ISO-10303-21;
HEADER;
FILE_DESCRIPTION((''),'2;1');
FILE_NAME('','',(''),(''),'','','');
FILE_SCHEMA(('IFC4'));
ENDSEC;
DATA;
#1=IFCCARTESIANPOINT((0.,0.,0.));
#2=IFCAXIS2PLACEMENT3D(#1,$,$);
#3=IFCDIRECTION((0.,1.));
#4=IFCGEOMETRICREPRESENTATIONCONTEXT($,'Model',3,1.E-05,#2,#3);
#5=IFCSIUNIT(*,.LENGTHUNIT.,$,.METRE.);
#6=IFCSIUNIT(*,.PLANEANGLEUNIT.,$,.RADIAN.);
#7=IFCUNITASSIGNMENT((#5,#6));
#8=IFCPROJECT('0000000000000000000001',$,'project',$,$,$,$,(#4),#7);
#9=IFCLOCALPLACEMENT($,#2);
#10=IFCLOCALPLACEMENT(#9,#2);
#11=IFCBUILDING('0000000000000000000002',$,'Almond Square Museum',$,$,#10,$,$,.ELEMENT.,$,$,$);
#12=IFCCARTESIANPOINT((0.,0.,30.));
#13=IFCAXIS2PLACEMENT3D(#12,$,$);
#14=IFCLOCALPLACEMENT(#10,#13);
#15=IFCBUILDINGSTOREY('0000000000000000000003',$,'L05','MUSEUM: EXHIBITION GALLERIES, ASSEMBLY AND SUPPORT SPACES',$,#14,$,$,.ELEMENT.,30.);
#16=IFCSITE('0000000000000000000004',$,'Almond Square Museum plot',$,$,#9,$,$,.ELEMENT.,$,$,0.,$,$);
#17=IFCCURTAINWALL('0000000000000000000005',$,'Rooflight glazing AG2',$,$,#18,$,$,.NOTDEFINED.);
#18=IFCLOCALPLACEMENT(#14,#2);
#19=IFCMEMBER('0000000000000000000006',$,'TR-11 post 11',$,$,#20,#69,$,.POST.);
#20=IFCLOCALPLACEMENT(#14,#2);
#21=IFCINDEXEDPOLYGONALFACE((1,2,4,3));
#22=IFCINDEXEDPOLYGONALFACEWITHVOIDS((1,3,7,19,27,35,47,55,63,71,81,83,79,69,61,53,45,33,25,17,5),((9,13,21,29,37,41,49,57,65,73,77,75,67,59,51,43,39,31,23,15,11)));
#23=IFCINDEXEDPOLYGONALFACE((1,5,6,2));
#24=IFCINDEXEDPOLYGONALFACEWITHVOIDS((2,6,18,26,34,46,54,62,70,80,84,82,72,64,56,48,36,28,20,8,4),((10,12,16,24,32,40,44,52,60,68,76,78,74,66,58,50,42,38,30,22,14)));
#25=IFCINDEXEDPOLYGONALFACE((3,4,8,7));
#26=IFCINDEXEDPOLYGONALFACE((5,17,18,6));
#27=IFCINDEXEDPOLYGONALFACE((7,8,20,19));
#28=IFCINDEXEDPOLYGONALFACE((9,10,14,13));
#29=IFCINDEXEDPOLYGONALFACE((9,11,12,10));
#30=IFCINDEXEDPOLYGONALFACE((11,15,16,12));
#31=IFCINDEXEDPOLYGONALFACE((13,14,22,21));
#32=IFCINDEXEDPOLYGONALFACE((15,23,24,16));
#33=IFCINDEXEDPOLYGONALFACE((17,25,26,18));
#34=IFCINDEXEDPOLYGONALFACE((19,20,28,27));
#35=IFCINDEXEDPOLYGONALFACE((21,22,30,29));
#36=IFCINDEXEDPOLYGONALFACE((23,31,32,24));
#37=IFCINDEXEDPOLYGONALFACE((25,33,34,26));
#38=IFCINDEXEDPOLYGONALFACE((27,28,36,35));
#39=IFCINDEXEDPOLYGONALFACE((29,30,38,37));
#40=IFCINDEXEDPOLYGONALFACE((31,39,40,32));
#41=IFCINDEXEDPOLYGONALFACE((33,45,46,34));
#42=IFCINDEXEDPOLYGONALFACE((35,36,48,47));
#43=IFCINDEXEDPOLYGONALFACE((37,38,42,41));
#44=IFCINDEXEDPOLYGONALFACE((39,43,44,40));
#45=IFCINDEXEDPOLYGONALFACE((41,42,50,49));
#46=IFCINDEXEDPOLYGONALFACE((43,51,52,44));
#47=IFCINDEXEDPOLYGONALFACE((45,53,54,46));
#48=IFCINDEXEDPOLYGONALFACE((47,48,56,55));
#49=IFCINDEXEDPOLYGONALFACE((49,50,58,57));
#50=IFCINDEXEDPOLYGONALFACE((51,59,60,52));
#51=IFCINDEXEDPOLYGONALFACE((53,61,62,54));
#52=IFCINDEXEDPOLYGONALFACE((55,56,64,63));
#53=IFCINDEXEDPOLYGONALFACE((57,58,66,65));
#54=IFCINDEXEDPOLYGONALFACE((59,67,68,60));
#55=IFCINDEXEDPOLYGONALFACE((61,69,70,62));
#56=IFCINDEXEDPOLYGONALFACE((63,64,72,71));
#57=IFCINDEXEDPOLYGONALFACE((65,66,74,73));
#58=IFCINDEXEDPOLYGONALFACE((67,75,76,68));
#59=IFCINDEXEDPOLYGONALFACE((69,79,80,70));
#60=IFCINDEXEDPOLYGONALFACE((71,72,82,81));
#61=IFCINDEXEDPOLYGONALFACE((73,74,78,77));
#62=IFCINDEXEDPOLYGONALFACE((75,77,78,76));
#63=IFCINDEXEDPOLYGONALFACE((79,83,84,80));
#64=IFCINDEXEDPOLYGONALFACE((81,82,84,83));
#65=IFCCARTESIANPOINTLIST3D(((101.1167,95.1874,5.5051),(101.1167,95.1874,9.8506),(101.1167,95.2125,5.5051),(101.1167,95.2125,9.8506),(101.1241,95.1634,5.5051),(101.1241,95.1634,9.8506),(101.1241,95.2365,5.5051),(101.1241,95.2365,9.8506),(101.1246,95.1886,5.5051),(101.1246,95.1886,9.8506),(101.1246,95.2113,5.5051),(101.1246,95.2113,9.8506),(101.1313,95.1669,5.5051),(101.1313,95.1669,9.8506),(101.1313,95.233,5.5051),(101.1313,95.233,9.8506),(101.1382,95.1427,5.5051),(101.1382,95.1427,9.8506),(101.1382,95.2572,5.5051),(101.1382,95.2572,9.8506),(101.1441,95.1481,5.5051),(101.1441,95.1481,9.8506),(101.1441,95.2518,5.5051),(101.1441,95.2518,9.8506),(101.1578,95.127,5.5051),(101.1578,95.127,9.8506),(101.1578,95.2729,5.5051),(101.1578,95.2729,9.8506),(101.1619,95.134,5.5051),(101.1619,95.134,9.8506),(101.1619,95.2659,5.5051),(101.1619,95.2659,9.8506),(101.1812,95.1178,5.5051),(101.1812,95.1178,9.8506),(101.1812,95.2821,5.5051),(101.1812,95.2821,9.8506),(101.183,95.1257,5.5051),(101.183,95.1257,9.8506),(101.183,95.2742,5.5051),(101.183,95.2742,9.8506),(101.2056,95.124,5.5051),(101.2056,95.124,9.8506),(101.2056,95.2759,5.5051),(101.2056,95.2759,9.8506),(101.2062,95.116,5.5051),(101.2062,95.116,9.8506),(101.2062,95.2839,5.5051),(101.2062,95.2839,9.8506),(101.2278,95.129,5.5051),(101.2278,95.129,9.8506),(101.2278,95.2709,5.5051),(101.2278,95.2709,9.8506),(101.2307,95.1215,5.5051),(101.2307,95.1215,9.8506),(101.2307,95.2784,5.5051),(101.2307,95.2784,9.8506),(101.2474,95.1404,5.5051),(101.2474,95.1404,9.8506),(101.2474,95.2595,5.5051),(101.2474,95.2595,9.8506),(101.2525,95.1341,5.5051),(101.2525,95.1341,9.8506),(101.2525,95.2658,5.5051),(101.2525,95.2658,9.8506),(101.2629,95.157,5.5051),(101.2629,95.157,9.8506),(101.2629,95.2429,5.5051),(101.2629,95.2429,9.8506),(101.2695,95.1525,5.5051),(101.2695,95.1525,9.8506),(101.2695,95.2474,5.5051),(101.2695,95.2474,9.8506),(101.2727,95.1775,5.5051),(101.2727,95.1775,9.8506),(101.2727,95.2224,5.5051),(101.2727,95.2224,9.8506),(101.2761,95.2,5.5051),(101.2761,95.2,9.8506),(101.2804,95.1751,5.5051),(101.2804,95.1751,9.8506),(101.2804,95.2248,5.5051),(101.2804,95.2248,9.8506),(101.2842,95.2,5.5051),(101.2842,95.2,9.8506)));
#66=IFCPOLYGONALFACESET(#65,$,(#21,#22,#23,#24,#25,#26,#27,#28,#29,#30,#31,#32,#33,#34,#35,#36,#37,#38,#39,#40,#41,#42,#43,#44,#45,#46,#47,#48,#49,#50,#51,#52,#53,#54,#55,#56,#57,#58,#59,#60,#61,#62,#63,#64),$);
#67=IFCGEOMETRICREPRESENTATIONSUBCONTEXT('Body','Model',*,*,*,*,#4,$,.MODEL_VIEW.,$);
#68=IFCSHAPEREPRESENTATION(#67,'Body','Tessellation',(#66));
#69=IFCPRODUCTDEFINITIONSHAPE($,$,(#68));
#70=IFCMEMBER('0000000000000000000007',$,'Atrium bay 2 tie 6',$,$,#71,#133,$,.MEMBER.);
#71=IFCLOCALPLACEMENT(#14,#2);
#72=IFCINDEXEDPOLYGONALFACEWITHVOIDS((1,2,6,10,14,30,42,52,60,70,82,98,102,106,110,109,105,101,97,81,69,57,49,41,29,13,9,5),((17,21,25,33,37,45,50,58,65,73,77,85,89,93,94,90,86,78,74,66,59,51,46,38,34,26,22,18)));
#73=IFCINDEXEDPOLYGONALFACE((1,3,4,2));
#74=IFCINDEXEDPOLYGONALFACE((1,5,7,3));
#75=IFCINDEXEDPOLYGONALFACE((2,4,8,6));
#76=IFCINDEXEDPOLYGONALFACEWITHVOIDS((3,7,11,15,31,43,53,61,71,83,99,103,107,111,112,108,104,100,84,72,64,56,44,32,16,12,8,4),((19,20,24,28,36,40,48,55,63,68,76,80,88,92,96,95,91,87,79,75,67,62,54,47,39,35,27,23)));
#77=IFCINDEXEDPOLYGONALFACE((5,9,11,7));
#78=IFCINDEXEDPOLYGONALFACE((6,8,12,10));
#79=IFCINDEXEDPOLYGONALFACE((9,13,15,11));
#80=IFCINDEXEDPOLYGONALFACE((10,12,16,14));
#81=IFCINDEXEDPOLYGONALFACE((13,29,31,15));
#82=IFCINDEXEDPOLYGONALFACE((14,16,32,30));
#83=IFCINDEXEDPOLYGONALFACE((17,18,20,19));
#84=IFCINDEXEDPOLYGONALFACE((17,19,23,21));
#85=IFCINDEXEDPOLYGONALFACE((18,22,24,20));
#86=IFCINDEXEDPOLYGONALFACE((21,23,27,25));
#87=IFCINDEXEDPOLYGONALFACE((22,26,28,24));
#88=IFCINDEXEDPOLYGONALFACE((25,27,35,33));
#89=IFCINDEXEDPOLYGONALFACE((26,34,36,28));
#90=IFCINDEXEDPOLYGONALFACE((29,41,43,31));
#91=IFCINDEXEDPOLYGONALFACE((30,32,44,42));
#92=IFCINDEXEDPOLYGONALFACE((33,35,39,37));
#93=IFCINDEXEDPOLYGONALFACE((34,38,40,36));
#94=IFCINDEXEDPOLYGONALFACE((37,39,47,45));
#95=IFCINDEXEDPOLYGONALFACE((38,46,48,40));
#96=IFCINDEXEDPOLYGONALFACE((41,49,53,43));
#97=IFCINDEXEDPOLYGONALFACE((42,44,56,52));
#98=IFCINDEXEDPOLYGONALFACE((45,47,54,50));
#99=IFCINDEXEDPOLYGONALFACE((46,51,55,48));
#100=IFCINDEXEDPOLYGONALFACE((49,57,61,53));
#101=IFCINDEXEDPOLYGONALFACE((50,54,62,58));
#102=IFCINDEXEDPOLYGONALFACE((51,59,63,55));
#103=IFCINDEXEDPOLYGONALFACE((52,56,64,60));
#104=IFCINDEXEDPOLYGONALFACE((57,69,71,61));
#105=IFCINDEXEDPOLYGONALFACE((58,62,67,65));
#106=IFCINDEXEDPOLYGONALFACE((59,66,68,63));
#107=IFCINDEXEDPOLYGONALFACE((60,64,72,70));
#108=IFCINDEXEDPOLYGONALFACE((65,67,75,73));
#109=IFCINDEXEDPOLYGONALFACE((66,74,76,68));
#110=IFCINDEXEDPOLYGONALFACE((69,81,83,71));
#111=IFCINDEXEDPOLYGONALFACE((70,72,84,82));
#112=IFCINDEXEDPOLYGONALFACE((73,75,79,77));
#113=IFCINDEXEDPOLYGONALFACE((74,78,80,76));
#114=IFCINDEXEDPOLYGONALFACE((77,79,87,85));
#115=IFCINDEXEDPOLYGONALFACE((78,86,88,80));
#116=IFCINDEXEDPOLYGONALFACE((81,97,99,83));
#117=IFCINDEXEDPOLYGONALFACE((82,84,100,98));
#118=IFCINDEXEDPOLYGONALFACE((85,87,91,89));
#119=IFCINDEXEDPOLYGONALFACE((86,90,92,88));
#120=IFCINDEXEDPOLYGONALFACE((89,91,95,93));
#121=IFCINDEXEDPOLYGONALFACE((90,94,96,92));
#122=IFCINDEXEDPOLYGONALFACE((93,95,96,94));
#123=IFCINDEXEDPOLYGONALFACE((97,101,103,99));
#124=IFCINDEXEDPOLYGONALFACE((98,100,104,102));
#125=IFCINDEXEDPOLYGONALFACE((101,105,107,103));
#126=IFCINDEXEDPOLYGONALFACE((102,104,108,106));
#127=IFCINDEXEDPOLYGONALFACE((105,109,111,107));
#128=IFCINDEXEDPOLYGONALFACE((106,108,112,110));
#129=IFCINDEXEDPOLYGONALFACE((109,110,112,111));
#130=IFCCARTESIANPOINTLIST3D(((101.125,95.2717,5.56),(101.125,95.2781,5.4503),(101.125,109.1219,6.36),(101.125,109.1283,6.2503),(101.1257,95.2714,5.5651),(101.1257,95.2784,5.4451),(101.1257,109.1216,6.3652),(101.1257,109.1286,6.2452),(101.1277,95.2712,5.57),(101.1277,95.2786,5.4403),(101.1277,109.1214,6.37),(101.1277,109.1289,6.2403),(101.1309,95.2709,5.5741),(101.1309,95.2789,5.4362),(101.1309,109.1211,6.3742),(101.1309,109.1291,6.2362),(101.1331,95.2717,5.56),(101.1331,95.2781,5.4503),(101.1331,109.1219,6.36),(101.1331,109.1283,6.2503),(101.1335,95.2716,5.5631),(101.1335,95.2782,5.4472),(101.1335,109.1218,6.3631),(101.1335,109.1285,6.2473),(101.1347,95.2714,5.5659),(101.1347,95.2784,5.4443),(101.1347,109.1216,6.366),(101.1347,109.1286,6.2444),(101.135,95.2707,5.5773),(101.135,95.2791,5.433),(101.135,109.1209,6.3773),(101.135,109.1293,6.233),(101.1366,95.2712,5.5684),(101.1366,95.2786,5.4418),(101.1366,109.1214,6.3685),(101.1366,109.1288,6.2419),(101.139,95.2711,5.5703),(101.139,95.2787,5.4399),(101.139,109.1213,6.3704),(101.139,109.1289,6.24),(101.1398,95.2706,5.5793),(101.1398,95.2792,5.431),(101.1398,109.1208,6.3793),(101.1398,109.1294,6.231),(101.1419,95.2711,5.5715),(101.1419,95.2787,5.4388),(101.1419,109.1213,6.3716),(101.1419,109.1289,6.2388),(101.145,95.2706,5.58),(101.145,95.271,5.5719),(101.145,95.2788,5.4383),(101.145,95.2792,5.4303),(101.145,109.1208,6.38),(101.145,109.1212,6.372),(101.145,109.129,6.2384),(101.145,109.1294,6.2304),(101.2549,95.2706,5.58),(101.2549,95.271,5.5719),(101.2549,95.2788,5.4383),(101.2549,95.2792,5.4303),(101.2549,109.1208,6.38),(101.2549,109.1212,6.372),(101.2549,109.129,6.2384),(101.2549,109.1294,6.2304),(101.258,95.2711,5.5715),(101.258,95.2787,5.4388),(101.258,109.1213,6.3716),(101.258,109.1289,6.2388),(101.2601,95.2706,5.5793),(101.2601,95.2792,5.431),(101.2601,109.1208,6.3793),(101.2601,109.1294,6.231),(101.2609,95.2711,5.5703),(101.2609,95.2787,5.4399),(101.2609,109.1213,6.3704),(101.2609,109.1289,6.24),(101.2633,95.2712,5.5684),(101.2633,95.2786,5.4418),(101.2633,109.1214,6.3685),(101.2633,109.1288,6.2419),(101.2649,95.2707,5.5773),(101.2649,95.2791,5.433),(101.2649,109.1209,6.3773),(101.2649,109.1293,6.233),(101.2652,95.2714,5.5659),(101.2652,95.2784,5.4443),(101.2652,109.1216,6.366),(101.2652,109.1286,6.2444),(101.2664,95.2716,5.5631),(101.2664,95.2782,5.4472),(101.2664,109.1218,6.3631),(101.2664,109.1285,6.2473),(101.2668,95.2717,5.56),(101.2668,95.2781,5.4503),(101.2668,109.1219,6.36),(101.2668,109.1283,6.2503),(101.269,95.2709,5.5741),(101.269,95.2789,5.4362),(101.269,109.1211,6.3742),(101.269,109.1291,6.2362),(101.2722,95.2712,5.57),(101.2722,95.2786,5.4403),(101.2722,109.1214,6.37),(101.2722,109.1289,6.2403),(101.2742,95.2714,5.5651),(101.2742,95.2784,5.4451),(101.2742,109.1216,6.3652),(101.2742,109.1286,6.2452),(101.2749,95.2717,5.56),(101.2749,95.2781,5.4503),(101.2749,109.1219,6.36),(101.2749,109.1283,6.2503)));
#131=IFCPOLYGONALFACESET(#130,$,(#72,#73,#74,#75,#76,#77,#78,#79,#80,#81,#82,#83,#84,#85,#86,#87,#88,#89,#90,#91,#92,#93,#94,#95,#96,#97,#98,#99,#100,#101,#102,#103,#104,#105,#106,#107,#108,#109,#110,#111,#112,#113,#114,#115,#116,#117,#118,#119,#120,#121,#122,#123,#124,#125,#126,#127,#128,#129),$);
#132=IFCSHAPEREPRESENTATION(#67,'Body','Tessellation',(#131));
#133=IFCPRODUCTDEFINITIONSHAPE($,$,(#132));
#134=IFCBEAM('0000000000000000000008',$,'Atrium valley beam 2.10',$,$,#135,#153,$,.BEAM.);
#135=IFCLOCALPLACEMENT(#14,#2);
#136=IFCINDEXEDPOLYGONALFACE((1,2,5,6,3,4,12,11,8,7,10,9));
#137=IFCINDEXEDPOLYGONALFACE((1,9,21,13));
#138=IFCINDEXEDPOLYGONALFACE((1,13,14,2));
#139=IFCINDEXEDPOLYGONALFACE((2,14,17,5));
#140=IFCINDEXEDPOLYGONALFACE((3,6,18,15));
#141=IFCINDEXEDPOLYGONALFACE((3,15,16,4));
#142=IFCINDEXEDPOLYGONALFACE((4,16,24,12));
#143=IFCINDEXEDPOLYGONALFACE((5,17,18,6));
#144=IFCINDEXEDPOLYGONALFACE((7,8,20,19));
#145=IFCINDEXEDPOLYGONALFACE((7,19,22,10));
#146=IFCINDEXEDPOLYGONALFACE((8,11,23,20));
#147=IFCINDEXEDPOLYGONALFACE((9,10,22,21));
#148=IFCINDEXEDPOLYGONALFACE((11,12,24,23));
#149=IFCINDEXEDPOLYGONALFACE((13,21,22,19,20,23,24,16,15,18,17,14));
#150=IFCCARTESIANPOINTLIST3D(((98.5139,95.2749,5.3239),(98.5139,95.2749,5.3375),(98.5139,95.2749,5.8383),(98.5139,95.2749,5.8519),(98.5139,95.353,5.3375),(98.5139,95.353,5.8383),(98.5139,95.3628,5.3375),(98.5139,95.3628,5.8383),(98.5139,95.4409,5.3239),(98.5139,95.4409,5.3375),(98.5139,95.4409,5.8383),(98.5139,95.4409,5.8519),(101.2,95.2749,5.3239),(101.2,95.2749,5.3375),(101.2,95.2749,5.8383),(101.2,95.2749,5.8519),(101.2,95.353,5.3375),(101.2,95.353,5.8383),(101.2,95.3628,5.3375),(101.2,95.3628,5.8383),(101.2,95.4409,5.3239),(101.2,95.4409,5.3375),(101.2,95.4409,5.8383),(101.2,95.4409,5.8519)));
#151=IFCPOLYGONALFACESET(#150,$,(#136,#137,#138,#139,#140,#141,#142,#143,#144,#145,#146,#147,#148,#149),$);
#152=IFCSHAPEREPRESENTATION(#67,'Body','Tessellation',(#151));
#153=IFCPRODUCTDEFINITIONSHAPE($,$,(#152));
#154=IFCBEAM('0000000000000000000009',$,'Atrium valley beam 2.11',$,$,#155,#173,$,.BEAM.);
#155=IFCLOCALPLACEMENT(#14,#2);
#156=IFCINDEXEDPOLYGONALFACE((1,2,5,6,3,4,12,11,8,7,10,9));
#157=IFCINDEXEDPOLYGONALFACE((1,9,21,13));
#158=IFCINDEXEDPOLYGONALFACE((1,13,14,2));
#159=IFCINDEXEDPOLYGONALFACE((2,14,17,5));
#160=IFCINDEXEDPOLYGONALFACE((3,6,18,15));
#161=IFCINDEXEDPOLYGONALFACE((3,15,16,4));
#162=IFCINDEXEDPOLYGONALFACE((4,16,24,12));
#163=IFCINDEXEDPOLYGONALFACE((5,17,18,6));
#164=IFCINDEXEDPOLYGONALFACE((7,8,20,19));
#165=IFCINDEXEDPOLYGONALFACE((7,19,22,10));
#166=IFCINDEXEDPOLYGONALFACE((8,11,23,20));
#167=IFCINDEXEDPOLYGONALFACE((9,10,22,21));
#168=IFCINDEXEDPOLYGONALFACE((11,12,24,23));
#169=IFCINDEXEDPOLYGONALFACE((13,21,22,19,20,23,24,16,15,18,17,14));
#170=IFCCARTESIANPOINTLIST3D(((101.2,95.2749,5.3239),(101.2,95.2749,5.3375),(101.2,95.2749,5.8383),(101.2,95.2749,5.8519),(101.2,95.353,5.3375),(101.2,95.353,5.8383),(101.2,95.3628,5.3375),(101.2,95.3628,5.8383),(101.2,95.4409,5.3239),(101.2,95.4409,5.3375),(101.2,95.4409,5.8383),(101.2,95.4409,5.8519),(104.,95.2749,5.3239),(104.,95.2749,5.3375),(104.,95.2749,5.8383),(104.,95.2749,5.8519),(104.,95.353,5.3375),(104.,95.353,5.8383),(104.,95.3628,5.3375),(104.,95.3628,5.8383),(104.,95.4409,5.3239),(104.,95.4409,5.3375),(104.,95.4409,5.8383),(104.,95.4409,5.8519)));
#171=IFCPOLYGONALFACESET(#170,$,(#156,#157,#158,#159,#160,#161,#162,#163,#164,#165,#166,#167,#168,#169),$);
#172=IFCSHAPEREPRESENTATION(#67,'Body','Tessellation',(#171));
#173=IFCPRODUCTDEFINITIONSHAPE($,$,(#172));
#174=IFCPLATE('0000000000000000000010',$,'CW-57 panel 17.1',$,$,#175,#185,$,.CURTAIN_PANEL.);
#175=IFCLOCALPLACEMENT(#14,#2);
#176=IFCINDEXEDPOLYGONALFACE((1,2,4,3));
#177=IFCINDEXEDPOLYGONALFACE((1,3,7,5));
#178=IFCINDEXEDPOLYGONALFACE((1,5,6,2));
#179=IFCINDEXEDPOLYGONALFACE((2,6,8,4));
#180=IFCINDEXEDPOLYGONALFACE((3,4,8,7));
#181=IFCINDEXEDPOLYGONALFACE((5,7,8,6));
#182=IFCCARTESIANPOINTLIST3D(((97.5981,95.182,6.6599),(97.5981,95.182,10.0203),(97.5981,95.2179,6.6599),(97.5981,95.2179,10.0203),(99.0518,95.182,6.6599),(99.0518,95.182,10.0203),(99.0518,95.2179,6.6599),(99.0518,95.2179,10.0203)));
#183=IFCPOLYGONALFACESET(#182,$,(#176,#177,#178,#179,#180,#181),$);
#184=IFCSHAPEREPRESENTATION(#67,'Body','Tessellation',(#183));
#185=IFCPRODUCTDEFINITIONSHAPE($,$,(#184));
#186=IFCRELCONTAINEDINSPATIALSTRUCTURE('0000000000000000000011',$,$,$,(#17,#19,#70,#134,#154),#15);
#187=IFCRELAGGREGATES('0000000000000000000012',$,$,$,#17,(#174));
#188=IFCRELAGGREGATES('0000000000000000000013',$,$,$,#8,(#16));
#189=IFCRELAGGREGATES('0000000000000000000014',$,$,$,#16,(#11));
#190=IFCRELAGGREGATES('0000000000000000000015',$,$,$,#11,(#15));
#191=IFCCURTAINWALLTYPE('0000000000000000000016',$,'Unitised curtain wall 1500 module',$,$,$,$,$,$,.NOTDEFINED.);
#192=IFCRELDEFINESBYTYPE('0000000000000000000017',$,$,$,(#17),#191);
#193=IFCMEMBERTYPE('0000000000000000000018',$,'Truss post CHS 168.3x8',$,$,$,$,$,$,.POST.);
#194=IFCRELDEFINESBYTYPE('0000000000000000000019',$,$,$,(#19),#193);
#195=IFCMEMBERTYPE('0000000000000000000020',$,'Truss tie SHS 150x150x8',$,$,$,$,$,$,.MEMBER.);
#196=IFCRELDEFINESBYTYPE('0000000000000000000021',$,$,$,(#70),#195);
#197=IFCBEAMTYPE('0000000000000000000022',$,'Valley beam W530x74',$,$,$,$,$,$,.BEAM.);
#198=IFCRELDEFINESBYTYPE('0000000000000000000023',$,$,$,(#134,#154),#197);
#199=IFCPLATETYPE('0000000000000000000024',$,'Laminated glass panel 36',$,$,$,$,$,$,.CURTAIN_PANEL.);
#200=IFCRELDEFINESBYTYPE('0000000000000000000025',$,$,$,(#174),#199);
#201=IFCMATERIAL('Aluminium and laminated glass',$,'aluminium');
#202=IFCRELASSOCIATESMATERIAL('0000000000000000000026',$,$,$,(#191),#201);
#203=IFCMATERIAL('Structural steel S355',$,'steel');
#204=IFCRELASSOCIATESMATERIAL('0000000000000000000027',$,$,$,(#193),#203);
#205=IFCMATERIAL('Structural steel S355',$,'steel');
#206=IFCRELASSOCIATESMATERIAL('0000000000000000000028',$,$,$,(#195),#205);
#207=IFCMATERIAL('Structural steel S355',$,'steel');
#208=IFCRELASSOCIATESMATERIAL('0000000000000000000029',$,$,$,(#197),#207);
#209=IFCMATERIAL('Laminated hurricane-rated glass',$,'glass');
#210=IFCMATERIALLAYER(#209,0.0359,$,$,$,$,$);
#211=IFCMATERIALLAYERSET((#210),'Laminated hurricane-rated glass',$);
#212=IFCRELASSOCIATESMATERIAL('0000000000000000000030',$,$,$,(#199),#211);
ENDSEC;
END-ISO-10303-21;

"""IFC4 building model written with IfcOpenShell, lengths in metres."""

from ifc_helpers import new_model, si_unit, direction, frame, origin, origin_2d, place, context, subcontext, project, spatial, rectangle, hollow_rectangle, hollow_circle, i_section, extrude, material, layer, layer_set, material_profile, profile_set, type_object, element, aggregate, save


model = new_model("IFC4")

# Units and contexts
model_context = context("Model", 3, precision=1e-05, world=origin(), true_north=direction((0.0, 1.0)))
body_context = subcontext(model_context, "Body", "Model", "MODEL_VIEW")
ifc_project = project(units=[si_unit("LENGTHUNIT", "METRE"), si_unit("PLANEANGLEUNIT", "RADIAN")], contexts=[model_context])

# Site, building, storey
site_placement = place(None, origin())
site = spatial("IfcSite", under=ifc_project, at=site_placement, Name="Almond Square Museum plot", CompositionType="ELEMENT", RefElevation=0.0)
building_placement = place(site_placement, origin())
building = spatial("IfcBuilding", under=site, at=building_placement, Name="Almond Square Museum", CompositionType="ELEMENT")
storey_placement = place(building_placement, frame((0.0, 0.0, 30.0)))
storey = spatial("IfcBuildingStorey", under=building, at=storey_placement, Name="L05", Description="MUSEUM: EXHIBITION GALLERIES, ASSEMBLY AND SUPPORT SPACES", CompositionType="ELEMENT", Elevation=30.0)

# Curtain wall
ifc_material_1 = material(Name="Aluminium and laminated glass", Category="aluminium")
curtain_wall_type = type_object("IfcCurtainWallType", Name="Unitised curtain wall 1500 module", PredefinedType="NOTDEFINED", material=ifc_material_1)
curtain_wall_placement = place(storey_placement, origin())
curtain_wall = element("IfcCurtainWall", 1, at=curtain_wall_placement, inside=storey, type_object=curtain_wall_type, Name="Rooflight glazing AG2", PredefinedType="NOTDEFINED")

# Members
ifc_material_2 = material(Name="Structural steel S355", Category="steel")
ifc_material_profile_1 = material_profile(ifc_material_2, hollow_circle(Radius=0.0842, WallThickness=0.0081, at=origin_2d()))
ifc_profile_set_1 = profile_set([ifc_material_profile_1], Name="Structural steel S355")
member_type_1 = type_object("IfcMemberType", Name="Truss post CHS 168.3x8", PredefinedType="POST", material=ifc_profile_set_1)
for number, where, z_axis, x_axis, name in (
    (2, (101.2, 95.2, 5.5051), (0.0, 0.0, 1.0), (1.0, 0.0, 0.0), "TR-11 post 11"),
):
    element("IfcMember", number, at=place(storey_placement, frame(where, z_axis=z_axis, x_axis=x_axis)), inside=storey, type_object=member_type_1, Name=name, PredefinedType="POST", context=body_context, shape_type="SweptSolid", body=[
        extrude(hollow_circle(Radius=0.0842, WallThickness=0.0081, at=origin_2d()), origin(), (0.0, 0.0, 1.0), 4.3455),
    ])
ifc_material_3 = material(Name="Structural steel S355", Category="steel")
ifc_material_profile_2 = material_profile(ifc_material_3, hollow_rectangle(XDim=0.1499, YDim=0.1499, WallThickness=0.0081, InnerFilletRadius=0.012, OuterFilletRadius=0.02, at=origin_2d()))
ifc_profile_set_2 = profile_set([ifc_material_profile_2], Name="Structural steel S355")
member_type_2 = type_object("IfcMemberType", Name="Truss tie SHS 150x150x8", PredefinedType="MEMBER", material=ifc_profile_set_2)
member_1_placement = place(storey_placement, frame((101.2, 95.2749, 5.5051), z_axis=(0.0, 0.998336, 0.057669), x_axis=(-1.0, 0.0, 0.0)))
element("IfcMember", 3, at=member_1_placement, inside=storey, type_object=member_type_2, Name="Atrium bay 2 tie 6", PredefinedType="MEMBER", context=body_context, shape_type="SweptSolid", body=[
    extrude(hollow_rectangle(XDim=0.1499, YDim=0.1499, WallThickness=0.0081, InnerFilletRadius=0.012, OuterFilletRadius=0.02, at=origin_2d()), origin(), (0.0, 0.0, 1.0), 13.8733),
])

# Beams
ifc_material_4 = material(Name="Structural steel S355", Category="steel")
ifc_material_profile_3 = material_profile(ifc_material_4, i_section(OverallWidth=0.166, OverallDepth=0.5281, WebThickness=0.0098, FlangeThickness=0.0137, at=origin_2d()))
ifc_profile_set_3 = profile_set([ifc_material_profile_3], Name="Structural steel S355")
beam_type_1 = type_object("IfcBeamType", Name="Valley beam W530x74", PredefinedType="BEAM", material=ifc_profile_set_3)
beam_1_placement = place(storey_placement, frame((98.5139, 95.3579, 5.5879), z_axis=(1.0, 0.0, 0.0), x_axis=(0.0, 1.0, 0.0)))
element("IfcBeam", 4, at=beam_1_placement, inside=storey, type_object=beam_type_1, Name="Atrium valley beam 2.10", PredefinedType="BEAM", context=body_context, shape_type="SweptSolid", body=[
    extrude(i_section(OverallWidth=0.166, OverallDepth=0.5281, WebThickness=0.0098, FlangeThickness=0.0137, at=origin_2d()), origin(), (0.0, 0.0, 1.0), 2.686),
])
beam_2_placement = place(storey_placement, frame((101.2, 95.3579, 5.5879), z_axis=(1.0, 0.0, 0.0), x_axis=(0.0, 1.0, 0.0)))
element("IfcBeam", 5, at=beam_2_placement, inside=storey, type_object=beam_type_1, Name="Atrium valley beam 2.11", PredefinedType="BEAM", context=body_context, shape_type="SweptSolid", body=[
    extrude(i_section(OverallWidth=0.166, OverallDepth=0.5281, WebThickness=0.0098, FlangeThickness=0.0137, at=origin_2d()), origin(), (0.0, 0.0, 1.0), 2.8),
])

# Plate
ifc_material_5 = material(Name="Laminated hurricane-rated glass", Category="glass")
ifc_layer = layer(ifc_material_5, 0.0359)
ifc_layer_set = layer_set([ifc_layer], Name="Laminated hurricane-rated glass")
plate_type = type_object("IfcPlateType", Name="Laminated glass panel 36", PredefinedType="CURTAIN_PANEL", material=ifc_layer_set)
plate_1_placement = place(storey_placement, frame((98.325, 95.2, 6.6599), z_axis=(0.0, 0.0, 1.0), x_axis=(1.0, 0.0, 0.0)))
plate_1 = element("IfcPlate", 6, at=plate_1_placement, type_object=plate_type, Name="CW-57 panel 17.1", PredefinedType="CURTAIN_PANEL", context=body_context, shape_type="SweptSolid", body=[
    extrude(rectangle(XDim=1.4536, YDim=0.0359, at=origin_2d()), origin(), (0.0, 0.0, 1.0), 3.3604),
])
aggregate(curtain_wall, [plate_1])

save(model, "model.ifc")
